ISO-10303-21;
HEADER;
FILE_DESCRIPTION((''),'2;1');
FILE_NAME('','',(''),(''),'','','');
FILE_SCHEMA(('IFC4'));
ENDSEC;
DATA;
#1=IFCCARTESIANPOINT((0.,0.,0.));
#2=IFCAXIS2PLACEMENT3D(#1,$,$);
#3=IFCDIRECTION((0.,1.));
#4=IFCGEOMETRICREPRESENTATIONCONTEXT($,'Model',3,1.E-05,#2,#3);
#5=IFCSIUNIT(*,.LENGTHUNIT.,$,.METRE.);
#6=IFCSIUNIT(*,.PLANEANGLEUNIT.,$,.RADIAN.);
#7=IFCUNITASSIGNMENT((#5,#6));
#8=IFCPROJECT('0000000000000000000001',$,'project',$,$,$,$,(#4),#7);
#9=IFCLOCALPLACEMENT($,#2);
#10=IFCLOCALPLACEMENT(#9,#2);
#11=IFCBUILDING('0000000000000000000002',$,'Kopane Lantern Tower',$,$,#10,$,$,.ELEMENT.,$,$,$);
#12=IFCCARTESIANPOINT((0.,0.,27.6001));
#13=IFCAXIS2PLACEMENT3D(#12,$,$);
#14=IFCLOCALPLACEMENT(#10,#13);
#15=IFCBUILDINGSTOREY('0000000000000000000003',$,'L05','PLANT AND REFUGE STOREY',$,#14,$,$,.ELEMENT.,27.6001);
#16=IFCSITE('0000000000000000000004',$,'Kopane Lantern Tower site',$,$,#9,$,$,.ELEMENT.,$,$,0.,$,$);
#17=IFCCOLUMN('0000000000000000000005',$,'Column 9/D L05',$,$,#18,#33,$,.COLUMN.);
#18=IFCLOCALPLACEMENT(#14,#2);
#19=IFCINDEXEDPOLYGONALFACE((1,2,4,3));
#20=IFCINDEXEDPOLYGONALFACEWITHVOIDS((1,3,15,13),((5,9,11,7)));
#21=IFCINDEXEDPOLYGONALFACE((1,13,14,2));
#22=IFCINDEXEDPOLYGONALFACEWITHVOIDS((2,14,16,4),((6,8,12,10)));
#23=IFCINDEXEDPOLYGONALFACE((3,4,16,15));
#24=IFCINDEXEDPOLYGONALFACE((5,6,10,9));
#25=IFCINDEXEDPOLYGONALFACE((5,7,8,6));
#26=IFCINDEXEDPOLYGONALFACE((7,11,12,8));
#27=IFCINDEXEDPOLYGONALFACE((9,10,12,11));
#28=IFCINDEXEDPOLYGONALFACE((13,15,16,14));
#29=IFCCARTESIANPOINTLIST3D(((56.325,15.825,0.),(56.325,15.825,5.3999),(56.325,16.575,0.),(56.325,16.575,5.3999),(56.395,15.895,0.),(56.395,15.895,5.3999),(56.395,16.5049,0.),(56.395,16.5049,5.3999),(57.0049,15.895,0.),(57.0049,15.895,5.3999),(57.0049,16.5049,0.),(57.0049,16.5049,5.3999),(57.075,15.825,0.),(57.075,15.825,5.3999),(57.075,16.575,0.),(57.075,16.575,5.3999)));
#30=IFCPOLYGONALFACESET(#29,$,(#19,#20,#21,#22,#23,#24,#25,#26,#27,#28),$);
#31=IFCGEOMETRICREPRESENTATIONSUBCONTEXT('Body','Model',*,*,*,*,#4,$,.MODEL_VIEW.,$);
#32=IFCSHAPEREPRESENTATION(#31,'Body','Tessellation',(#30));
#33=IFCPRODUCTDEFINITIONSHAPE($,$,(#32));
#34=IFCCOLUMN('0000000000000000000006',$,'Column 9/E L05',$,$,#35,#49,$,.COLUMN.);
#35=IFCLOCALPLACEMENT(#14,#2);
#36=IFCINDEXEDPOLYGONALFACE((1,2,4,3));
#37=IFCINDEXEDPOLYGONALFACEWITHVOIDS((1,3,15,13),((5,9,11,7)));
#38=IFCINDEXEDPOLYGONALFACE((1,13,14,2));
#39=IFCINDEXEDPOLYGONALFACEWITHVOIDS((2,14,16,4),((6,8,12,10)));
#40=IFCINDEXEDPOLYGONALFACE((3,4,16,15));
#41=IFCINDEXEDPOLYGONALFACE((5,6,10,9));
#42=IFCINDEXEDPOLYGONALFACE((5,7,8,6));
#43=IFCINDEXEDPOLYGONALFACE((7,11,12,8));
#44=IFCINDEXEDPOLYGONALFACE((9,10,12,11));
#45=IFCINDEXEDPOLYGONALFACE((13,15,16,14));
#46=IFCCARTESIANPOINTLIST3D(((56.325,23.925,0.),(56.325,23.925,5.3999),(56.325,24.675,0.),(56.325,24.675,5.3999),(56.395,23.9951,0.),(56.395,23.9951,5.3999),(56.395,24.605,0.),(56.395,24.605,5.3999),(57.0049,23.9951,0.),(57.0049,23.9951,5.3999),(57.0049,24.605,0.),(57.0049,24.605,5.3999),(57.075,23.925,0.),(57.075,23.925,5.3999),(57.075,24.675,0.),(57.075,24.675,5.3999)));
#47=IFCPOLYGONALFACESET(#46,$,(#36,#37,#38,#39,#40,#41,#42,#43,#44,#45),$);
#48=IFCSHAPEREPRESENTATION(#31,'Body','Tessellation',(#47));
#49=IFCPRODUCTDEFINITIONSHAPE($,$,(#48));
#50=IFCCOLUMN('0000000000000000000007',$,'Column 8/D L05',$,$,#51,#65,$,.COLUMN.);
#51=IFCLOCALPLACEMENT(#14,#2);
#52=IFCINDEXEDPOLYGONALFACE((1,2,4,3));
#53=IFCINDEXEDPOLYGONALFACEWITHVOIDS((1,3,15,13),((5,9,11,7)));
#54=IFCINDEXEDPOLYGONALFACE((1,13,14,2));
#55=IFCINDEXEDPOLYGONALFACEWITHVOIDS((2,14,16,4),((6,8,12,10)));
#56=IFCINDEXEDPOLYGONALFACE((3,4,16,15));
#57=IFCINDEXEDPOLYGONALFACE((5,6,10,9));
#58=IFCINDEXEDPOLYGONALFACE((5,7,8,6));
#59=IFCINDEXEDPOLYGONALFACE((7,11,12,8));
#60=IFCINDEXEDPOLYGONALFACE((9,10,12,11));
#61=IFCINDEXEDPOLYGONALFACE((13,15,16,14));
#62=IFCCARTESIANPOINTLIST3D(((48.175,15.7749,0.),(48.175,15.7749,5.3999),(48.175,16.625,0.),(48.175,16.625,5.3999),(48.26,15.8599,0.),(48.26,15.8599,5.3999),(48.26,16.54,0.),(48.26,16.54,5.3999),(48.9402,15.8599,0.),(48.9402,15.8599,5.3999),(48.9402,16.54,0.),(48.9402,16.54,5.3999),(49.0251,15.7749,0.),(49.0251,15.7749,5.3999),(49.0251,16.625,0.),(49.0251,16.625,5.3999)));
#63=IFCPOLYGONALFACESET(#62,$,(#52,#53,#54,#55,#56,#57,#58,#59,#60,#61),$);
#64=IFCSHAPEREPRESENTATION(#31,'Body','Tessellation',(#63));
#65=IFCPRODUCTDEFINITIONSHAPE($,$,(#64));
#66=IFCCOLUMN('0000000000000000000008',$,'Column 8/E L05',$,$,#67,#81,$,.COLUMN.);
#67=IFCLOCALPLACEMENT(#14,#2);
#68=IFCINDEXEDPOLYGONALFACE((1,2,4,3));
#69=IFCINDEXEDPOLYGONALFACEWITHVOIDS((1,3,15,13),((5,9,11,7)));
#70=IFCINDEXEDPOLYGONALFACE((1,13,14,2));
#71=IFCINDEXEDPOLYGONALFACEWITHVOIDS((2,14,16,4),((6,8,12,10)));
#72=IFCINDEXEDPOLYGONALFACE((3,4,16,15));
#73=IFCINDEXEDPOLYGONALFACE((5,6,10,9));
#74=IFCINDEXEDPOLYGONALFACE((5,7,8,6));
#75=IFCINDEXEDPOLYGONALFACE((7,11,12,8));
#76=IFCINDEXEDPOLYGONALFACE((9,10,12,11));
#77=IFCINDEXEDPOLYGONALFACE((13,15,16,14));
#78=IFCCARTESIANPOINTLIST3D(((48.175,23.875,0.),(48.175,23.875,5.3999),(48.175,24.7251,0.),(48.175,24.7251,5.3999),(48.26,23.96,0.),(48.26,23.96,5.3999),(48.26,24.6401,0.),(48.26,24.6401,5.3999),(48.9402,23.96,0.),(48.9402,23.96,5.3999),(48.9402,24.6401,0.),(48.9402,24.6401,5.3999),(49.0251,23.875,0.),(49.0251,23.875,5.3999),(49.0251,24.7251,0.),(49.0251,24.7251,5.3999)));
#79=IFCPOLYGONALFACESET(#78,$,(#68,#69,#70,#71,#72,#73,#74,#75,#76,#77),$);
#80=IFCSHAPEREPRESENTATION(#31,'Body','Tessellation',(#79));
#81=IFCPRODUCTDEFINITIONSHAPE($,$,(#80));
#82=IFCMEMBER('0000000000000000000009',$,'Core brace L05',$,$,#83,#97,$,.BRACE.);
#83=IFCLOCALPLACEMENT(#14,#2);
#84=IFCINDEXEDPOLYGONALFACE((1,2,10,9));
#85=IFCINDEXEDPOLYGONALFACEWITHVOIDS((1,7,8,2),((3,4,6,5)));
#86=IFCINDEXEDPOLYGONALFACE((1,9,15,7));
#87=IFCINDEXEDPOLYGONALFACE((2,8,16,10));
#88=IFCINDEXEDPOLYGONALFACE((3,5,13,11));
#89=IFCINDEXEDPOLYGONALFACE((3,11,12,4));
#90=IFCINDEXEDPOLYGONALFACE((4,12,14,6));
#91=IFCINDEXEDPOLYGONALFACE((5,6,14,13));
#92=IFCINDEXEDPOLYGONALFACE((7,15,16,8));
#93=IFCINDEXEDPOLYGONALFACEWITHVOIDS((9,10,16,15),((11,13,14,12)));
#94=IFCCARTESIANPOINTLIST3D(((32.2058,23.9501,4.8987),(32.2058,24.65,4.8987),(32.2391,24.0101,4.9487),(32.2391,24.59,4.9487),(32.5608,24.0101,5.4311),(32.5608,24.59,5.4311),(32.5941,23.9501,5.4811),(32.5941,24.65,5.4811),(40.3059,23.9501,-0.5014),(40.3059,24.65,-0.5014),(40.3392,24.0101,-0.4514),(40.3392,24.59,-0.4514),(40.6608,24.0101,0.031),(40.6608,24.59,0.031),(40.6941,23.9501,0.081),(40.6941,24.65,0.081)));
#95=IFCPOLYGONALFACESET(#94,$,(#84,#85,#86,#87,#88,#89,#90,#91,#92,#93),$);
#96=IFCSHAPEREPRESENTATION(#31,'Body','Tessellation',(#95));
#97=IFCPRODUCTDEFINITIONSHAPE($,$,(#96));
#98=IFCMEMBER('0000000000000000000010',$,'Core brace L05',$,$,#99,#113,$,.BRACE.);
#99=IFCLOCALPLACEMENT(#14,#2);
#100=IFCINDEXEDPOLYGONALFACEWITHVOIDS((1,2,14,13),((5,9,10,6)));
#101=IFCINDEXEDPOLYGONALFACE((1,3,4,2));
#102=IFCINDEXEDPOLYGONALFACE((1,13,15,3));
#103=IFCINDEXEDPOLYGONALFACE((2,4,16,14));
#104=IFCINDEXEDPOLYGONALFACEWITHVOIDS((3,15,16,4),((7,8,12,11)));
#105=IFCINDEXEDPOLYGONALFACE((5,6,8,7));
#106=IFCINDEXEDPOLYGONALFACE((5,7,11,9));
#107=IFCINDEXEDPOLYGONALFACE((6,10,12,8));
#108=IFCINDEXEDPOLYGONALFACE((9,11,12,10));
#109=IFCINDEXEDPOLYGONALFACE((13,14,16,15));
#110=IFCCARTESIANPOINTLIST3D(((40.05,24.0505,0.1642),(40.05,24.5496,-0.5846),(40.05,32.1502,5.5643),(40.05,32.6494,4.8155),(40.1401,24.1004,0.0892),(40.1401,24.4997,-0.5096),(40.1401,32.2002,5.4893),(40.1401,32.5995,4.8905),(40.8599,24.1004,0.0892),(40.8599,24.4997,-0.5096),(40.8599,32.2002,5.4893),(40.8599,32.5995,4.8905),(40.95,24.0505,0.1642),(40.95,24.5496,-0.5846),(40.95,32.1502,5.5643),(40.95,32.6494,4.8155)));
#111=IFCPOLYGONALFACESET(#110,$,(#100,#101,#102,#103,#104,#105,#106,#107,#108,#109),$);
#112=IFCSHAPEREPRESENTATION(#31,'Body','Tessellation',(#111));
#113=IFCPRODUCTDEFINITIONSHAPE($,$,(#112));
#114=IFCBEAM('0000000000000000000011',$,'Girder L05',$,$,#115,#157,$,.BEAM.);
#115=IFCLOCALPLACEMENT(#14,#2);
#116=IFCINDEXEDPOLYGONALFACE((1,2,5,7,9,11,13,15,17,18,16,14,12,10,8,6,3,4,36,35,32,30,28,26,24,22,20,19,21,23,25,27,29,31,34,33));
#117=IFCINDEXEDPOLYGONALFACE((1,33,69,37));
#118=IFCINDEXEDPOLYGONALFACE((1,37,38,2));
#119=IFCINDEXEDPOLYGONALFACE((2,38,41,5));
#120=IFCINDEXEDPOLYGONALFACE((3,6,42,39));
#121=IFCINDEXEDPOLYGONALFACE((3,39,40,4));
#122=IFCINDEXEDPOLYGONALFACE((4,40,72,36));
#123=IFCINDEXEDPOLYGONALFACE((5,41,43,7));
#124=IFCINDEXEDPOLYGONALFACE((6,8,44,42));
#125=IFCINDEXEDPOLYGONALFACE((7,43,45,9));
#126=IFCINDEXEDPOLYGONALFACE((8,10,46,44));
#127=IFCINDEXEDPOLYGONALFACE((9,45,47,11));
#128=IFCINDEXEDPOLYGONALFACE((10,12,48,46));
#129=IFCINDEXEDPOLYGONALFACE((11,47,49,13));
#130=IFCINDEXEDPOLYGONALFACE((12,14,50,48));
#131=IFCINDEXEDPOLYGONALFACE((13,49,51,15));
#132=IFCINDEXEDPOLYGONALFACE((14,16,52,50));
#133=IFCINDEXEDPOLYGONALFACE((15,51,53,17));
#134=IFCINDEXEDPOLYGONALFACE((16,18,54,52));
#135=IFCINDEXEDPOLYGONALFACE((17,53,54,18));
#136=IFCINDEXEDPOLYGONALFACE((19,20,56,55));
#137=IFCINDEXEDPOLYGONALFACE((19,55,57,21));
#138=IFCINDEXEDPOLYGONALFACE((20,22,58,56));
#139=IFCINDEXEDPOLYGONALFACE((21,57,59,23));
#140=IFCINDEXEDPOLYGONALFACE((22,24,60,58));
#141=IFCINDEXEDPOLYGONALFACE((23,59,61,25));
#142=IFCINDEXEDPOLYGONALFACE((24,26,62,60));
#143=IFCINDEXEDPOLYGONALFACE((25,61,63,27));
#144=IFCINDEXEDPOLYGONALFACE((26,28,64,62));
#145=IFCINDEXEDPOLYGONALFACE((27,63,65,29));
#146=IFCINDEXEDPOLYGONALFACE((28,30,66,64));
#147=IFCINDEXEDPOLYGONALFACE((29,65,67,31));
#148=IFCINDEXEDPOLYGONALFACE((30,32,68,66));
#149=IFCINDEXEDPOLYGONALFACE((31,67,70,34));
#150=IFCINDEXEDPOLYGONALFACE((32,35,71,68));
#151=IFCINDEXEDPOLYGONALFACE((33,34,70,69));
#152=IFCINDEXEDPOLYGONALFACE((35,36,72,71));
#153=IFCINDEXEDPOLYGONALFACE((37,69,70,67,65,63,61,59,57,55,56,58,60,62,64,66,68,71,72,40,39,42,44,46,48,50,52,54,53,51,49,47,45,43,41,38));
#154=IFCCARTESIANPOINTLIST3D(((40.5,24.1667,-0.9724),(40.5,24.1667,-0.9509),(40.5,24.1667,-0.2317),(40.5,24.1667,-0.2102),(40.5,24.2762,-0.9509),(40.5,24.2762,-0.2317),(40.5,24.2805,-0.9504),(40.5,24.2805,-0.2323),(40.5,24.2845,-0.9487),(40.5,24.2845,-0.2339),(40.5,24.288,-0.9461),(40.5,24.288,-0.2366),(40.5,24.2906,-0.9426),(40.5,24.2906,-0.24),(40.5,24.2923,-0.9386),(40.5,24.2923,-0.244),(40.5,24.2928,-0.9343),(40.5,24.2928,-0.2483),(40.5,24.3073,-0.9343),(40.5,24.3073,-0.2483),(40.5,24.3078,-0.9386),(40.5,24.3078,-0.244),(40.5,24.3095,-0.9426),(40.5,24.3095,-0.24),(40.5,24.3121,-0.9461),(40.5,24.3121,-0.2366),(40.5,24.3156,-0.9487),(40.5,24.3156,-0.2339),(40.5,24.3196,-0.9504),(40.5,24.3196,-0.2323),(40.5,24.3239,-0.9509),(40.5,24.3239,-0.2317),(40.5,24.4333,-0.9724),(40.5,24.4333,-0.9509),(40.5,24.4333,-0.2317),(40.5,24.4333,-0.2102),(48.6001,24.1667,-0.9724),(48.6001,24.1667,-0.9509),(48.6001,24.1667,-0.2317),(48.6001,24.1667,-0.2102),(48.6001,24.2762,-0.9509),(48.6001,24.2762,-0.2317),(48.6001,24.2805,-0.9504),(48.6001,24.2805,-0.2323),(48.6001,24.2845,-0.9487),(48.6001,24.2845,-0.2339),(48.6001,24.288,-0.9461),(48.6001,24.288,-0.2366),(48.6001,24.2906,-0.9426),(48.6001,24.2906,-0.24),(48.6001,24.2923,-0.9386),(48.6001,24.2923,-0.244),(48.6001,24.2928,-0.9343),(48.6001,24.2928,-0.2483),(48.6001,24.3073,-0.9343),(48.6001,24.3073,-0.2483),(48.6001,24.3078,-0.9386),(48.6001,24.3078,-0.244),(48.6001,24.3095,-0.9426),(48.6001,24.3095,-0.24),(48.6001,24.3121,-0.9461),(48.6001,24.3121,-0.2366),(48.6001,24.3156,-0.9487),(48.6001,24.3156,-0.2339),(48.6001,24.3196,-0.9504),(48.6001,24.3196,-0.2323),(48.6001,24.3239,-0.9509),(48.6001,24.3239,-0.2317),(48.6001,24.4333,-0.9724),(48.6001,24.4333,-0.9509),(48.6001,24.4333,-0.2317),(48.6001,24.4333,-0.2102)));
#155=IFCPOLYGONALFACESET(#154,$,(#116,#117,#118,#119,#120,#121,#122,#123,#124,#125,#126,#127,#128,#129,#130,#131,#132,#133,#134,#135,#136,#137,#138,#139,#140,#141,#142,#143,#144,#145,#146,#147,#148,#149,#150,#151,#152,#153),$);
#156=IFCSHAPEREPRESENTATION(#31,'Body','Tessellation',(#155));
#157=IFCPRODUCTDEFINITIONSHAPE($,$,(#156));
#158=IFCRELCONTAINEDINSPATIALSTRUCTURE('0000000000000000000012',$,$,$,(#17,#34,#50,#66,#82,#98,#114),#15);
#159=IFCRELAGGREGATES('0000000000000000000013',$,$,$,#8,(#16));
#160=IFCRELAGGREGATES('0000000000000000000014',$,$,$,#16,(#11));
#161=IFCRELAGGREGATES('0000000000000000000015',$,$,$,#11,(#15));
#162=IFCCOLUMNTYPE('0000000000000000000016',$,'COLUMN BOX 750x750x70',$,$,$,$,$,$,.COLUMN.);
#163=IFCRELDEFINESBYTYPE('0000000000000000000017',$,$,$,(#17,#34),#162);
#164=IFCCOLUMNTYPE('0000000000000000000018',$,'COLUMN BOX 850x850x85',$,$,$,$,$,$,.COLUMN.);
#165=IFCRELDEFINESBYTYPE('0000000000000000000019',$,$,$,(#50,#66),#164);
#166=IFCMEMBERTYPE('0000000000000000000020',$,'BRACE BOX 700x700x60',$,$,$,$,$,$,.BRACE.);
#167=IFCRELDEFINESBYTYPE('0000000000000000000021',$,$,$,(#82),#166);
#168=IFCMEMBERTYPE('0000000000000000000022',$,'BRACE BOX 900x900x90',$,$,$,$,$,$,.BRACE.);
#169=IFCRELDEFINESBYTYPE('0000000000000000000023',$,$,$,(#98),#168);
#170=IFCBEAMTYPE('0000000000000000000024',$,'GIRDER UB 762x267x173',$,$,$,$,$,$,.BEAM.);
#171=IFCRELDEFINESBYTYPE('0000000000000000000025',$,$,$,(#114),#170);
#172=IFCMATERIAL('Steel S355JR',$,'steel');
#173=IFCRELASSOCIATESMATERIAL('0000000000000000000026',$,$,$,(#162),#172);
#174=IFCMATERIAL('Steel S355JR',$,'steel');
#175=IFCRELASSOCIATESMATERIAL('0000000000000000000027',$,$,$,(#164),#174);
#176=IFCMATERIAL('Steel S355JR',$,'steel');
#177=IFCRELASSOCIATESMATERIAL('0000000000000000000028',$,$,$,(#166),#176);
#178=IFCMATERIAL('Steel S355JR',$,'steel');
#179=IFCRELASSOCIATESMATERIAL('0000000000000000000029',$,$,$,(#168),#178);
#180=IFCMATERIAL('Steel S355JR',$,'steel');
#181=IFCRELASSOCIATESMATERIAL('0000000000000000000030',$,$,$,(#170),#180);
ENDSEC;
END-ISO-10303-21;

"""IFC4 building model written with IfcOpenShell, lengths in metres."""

from ifc_helpers import new_model, si_unit, direction, frame, origin, origin_2d, place, context, subcontext, project, spatial, hollow_rectangle, i_section, extrude, material, material_profile, profile_set, type_object, element, save


model = new_model("IFC4")

# Units and contexts
model_context = context("Model", 3, precision=1e-05, world=origin(), true_north=direction((0.0, 1.0)))
body_context = subcontext(model_context, "Body", "Model", "MODEL_VIEW")
ifc_project = project(units=[si_unit("LENGTHUNIT", "METRE"), si_unit("PLANEANGLEUNIT", "RADIAN")], contexts=[model_context])

# Site, building, storey
site_placement = place(None, origin())
site = spatial("IfcSite", under=ifc_project, at=site_placement, Name="Kopane Lantern Tower site", CompositionType="ELEMENT", RefElevation=0.0)
building_placement = place(site_placement, origin())
building = spatial("IfcBuilding", under=site, at=building_placement, Name="Kopane Lantern Tower", CompositionType="ELEMENT")
storey_placement = place(building_placement, frame((0.0, 0.0, 27.6001)))
storey = spatial("IfcBuildingStorey", under=building, at=storey_placement, Name="L05", Description="PLANT AND REFUGE STOREY", CompositionType="ELEMENT", Elevation=27.6001)

# Columns
ifc_material_1 = material(Name="Steel S355JR", Category="steel")
ifc_material_profile_1 = material_profile(ifc_material_1, hollow_rectangle(XDim=0.75, YDim=0.75, WallThickness=0.0701, at=origin_2d()), Name="BOX 750x750x70")
ifc_profile_set_1 = profile_set([ifc_material_profile_1], Name="Steel S355JR")
column_type_1 = type_object("IfcColumnType", Name="COLUMN BOX 750x750x70", PredefinedType="COLUMN", material=ifc_profile_set_1)
for number, where, z_axis, x_axis, name in (
    (1, (56.7, 16.2, 0.0), (0.0, 0.0, 1.0), (1.0, 0.0, 0.0), "Column 9/D L05"),
    (2, (56.7, 24.3, 0.0), (0.0, 0.0, 1.0), (1.0, 0.0, 0.0), "Column 9/E L05"),
):
    element("IfcColumn", number, at=place(storey_placement, frame(where, z_axis=z_axis, x_axis=x_axis)), inside=storey, type_object=column_type_1, Name=name, PredefinedType="COLUMN", context=body_context, shape_type="SweptSolid", body=[
        extrude(hollow_rectangle(XDim=0.75, YDim=0.75, WallThickness=0.0701, at=origin_2d()), origin(), (0.0, 0.0, 1.0), 5.3999),
    ])
ifc_material_2 = material(Name="Steel S355JR", Category="steel")
ifc_material_profile_2 = material_profile(ifc_material_2, hollow_rectangle(XDim=0.8501, YDim=0.8501, WallThickness=0.085, at=origin_2d()), Name="BOX 850x850x85")
ifc_profile_set_2 = profile_set([ifc_material_profile_2], Name="Steel S355JR")
column_type_2 = type_object("IfcColumnType", Name="COLUMN BOX 850x850x85", PredefinedType="COLUMN", material=ifc_profile_set_2)
for number, where, z_axis, x_axis, name in (
    (3, (48.6001, 16.2, 0.0), (0.0, 0.0, 1.0), (1.0, 0.0, 0.0), "Column 8/D L05"),
    (4, (48.6001, 24.3, 0.0), (0.0, 0.0, 1.0), (1.0, 0.0, 0.0), "Column 8/E L05"),
):
    element("IfcColumn", number, at=place(storey_placement, frame(where, z_axis=z_axis, x_axis=x_axis)), inside=storey, type_object=column_type_2, Name=name, PredefinedType="COLUMN", context=body_context, shape_type="SweptSolid", body=[
        extrude(hollow_rectangle(XDim=0.8501, YDim=0.8501, WallThickness=0.085, at=origin_2d()), origin(), (0.0, 0.0, 1.0), 5.3999),
    ])

# Members
ifc_material_3 = material(Name="Steel S355JR", Category="steel")
ifc_material_profile_3 = material_profile(ifc_material_3, hollow_rectangle(XDim=0.7, YDim=0.7, WallThickness=0.0601, at=origin_2d()), Name="BOX 700x700x60")
ifc_profile_set_3 = profile_set([ifc_material_profile_3], Name="Steel S355JR")
member_type_1 = type_object("IfcMemberType", Name="BRACE BOX 700x700x60", PredefinedType="BRACE", material=ifc_profile_set_3)
member_1_placement = place(storey_placement, frame((40.5, 24.3, -0.2102), z_axis=(-0.832046, 0.0, 0.554706), x_axis=(0.0, -1.0, 0.0)))
element("IfcMember", 5, at=member_1_placement, inside=storey, type_object=member_type_1, Name="Core brace L05", PredefinedType="BRACE", context=body_context, shape_type="SweptSolid", body=[
    extrude(hollow_rectangle(XDim=0.7, YDim=0.7, WallThickness=0.0601, at=origin_2d()), origin(), (0.0, 0.0, 1.0), 9.7351),
])
ifc_material_4 = material(Name="Steel S355JR", Category="steel")
ifc_material_profile_4 = material_profile(ifc_material_4, hollow_rectangle(XDim=0.8999, YDim=0.8999, WallThickness=0.0901, at=origin_2d()), Name="BOX 900x900x90")
ifc_profile_set_4 = profile_set([ifc_material_profile_4], Name="Steel S355JR")
member_type_2 = type_object("IfcMemberType", Name="BRACE BOX 900x900x90", PredefinedType="BRACE", material=ifc_profile_set_4)
member_2_placement = place(storey_placement, frame((40.5, 24.3, -0.2102), z_axis=(0.0, 0.832039, 0.554718), x_axis=(-1.0, 0.0, 0.0)))
element("IfcMember", 6, at=member_2_placement, inside=storey, type_object=member_type_2, Name="Core brace L05", PredefinedType="BRACE", context=body_context, shape_type="SweptSolid", body=[
    extrude(hollow_rectangle(XDim=0.8999, YDim=0.8999, WallThickness=0.0901, at=origin_2d()), origin(), (0.0, 0.0, 1.0), 9.7349),
])

# Beam
ifc_material_5 = material(Name="Steel S355JR", Category="steel")
ifc_material_profile_5 = material_profile(ifc_material_5, i_section(OverallWidth=0.2666, OverallDepth=0.7622, WebThickness=0.0144, FlangeThickness=0.0215, FilletRadius=0.0166, at=origin_2d()), Name="UB 762x267x173")
ifc_profile_set_5 = profile_set([ifc_material_profile_5], Name="Steel S355JR")
beam_type = type_object("IfcBeamType", Name="GIRDER UB 762x267x173", PredefinedType="BEAM", material=ifc_profile_set_5)
for number, where, z_axis, x_axis, name in (
    (7, (40.5, 24.3, -0.5913), (1.0, 0.0, 0.0), (0.0, 1.0, 0.0), "Girder L05"),
):
    element("IfcBeam", number, at=place(storey_placement, frame(where, z_axis=z_axis, x_axis=x_axis)), inside=storey, type_object=beam_type, Name=name, PredefinedType="BEAM", context=body_context, shape_type="SweptSolid", body=[
        extrude(i_section(OverallWidth=0.2666, OverallDepth=0.7622, WebThickness=0.0144, FlangeThickness=0.0215, FilletRadius=0.0166, at=origin_2d()), origin(), (0.0, 0.0, 1.0), 8.1001),
    ])

save(model, "model.ifc")
